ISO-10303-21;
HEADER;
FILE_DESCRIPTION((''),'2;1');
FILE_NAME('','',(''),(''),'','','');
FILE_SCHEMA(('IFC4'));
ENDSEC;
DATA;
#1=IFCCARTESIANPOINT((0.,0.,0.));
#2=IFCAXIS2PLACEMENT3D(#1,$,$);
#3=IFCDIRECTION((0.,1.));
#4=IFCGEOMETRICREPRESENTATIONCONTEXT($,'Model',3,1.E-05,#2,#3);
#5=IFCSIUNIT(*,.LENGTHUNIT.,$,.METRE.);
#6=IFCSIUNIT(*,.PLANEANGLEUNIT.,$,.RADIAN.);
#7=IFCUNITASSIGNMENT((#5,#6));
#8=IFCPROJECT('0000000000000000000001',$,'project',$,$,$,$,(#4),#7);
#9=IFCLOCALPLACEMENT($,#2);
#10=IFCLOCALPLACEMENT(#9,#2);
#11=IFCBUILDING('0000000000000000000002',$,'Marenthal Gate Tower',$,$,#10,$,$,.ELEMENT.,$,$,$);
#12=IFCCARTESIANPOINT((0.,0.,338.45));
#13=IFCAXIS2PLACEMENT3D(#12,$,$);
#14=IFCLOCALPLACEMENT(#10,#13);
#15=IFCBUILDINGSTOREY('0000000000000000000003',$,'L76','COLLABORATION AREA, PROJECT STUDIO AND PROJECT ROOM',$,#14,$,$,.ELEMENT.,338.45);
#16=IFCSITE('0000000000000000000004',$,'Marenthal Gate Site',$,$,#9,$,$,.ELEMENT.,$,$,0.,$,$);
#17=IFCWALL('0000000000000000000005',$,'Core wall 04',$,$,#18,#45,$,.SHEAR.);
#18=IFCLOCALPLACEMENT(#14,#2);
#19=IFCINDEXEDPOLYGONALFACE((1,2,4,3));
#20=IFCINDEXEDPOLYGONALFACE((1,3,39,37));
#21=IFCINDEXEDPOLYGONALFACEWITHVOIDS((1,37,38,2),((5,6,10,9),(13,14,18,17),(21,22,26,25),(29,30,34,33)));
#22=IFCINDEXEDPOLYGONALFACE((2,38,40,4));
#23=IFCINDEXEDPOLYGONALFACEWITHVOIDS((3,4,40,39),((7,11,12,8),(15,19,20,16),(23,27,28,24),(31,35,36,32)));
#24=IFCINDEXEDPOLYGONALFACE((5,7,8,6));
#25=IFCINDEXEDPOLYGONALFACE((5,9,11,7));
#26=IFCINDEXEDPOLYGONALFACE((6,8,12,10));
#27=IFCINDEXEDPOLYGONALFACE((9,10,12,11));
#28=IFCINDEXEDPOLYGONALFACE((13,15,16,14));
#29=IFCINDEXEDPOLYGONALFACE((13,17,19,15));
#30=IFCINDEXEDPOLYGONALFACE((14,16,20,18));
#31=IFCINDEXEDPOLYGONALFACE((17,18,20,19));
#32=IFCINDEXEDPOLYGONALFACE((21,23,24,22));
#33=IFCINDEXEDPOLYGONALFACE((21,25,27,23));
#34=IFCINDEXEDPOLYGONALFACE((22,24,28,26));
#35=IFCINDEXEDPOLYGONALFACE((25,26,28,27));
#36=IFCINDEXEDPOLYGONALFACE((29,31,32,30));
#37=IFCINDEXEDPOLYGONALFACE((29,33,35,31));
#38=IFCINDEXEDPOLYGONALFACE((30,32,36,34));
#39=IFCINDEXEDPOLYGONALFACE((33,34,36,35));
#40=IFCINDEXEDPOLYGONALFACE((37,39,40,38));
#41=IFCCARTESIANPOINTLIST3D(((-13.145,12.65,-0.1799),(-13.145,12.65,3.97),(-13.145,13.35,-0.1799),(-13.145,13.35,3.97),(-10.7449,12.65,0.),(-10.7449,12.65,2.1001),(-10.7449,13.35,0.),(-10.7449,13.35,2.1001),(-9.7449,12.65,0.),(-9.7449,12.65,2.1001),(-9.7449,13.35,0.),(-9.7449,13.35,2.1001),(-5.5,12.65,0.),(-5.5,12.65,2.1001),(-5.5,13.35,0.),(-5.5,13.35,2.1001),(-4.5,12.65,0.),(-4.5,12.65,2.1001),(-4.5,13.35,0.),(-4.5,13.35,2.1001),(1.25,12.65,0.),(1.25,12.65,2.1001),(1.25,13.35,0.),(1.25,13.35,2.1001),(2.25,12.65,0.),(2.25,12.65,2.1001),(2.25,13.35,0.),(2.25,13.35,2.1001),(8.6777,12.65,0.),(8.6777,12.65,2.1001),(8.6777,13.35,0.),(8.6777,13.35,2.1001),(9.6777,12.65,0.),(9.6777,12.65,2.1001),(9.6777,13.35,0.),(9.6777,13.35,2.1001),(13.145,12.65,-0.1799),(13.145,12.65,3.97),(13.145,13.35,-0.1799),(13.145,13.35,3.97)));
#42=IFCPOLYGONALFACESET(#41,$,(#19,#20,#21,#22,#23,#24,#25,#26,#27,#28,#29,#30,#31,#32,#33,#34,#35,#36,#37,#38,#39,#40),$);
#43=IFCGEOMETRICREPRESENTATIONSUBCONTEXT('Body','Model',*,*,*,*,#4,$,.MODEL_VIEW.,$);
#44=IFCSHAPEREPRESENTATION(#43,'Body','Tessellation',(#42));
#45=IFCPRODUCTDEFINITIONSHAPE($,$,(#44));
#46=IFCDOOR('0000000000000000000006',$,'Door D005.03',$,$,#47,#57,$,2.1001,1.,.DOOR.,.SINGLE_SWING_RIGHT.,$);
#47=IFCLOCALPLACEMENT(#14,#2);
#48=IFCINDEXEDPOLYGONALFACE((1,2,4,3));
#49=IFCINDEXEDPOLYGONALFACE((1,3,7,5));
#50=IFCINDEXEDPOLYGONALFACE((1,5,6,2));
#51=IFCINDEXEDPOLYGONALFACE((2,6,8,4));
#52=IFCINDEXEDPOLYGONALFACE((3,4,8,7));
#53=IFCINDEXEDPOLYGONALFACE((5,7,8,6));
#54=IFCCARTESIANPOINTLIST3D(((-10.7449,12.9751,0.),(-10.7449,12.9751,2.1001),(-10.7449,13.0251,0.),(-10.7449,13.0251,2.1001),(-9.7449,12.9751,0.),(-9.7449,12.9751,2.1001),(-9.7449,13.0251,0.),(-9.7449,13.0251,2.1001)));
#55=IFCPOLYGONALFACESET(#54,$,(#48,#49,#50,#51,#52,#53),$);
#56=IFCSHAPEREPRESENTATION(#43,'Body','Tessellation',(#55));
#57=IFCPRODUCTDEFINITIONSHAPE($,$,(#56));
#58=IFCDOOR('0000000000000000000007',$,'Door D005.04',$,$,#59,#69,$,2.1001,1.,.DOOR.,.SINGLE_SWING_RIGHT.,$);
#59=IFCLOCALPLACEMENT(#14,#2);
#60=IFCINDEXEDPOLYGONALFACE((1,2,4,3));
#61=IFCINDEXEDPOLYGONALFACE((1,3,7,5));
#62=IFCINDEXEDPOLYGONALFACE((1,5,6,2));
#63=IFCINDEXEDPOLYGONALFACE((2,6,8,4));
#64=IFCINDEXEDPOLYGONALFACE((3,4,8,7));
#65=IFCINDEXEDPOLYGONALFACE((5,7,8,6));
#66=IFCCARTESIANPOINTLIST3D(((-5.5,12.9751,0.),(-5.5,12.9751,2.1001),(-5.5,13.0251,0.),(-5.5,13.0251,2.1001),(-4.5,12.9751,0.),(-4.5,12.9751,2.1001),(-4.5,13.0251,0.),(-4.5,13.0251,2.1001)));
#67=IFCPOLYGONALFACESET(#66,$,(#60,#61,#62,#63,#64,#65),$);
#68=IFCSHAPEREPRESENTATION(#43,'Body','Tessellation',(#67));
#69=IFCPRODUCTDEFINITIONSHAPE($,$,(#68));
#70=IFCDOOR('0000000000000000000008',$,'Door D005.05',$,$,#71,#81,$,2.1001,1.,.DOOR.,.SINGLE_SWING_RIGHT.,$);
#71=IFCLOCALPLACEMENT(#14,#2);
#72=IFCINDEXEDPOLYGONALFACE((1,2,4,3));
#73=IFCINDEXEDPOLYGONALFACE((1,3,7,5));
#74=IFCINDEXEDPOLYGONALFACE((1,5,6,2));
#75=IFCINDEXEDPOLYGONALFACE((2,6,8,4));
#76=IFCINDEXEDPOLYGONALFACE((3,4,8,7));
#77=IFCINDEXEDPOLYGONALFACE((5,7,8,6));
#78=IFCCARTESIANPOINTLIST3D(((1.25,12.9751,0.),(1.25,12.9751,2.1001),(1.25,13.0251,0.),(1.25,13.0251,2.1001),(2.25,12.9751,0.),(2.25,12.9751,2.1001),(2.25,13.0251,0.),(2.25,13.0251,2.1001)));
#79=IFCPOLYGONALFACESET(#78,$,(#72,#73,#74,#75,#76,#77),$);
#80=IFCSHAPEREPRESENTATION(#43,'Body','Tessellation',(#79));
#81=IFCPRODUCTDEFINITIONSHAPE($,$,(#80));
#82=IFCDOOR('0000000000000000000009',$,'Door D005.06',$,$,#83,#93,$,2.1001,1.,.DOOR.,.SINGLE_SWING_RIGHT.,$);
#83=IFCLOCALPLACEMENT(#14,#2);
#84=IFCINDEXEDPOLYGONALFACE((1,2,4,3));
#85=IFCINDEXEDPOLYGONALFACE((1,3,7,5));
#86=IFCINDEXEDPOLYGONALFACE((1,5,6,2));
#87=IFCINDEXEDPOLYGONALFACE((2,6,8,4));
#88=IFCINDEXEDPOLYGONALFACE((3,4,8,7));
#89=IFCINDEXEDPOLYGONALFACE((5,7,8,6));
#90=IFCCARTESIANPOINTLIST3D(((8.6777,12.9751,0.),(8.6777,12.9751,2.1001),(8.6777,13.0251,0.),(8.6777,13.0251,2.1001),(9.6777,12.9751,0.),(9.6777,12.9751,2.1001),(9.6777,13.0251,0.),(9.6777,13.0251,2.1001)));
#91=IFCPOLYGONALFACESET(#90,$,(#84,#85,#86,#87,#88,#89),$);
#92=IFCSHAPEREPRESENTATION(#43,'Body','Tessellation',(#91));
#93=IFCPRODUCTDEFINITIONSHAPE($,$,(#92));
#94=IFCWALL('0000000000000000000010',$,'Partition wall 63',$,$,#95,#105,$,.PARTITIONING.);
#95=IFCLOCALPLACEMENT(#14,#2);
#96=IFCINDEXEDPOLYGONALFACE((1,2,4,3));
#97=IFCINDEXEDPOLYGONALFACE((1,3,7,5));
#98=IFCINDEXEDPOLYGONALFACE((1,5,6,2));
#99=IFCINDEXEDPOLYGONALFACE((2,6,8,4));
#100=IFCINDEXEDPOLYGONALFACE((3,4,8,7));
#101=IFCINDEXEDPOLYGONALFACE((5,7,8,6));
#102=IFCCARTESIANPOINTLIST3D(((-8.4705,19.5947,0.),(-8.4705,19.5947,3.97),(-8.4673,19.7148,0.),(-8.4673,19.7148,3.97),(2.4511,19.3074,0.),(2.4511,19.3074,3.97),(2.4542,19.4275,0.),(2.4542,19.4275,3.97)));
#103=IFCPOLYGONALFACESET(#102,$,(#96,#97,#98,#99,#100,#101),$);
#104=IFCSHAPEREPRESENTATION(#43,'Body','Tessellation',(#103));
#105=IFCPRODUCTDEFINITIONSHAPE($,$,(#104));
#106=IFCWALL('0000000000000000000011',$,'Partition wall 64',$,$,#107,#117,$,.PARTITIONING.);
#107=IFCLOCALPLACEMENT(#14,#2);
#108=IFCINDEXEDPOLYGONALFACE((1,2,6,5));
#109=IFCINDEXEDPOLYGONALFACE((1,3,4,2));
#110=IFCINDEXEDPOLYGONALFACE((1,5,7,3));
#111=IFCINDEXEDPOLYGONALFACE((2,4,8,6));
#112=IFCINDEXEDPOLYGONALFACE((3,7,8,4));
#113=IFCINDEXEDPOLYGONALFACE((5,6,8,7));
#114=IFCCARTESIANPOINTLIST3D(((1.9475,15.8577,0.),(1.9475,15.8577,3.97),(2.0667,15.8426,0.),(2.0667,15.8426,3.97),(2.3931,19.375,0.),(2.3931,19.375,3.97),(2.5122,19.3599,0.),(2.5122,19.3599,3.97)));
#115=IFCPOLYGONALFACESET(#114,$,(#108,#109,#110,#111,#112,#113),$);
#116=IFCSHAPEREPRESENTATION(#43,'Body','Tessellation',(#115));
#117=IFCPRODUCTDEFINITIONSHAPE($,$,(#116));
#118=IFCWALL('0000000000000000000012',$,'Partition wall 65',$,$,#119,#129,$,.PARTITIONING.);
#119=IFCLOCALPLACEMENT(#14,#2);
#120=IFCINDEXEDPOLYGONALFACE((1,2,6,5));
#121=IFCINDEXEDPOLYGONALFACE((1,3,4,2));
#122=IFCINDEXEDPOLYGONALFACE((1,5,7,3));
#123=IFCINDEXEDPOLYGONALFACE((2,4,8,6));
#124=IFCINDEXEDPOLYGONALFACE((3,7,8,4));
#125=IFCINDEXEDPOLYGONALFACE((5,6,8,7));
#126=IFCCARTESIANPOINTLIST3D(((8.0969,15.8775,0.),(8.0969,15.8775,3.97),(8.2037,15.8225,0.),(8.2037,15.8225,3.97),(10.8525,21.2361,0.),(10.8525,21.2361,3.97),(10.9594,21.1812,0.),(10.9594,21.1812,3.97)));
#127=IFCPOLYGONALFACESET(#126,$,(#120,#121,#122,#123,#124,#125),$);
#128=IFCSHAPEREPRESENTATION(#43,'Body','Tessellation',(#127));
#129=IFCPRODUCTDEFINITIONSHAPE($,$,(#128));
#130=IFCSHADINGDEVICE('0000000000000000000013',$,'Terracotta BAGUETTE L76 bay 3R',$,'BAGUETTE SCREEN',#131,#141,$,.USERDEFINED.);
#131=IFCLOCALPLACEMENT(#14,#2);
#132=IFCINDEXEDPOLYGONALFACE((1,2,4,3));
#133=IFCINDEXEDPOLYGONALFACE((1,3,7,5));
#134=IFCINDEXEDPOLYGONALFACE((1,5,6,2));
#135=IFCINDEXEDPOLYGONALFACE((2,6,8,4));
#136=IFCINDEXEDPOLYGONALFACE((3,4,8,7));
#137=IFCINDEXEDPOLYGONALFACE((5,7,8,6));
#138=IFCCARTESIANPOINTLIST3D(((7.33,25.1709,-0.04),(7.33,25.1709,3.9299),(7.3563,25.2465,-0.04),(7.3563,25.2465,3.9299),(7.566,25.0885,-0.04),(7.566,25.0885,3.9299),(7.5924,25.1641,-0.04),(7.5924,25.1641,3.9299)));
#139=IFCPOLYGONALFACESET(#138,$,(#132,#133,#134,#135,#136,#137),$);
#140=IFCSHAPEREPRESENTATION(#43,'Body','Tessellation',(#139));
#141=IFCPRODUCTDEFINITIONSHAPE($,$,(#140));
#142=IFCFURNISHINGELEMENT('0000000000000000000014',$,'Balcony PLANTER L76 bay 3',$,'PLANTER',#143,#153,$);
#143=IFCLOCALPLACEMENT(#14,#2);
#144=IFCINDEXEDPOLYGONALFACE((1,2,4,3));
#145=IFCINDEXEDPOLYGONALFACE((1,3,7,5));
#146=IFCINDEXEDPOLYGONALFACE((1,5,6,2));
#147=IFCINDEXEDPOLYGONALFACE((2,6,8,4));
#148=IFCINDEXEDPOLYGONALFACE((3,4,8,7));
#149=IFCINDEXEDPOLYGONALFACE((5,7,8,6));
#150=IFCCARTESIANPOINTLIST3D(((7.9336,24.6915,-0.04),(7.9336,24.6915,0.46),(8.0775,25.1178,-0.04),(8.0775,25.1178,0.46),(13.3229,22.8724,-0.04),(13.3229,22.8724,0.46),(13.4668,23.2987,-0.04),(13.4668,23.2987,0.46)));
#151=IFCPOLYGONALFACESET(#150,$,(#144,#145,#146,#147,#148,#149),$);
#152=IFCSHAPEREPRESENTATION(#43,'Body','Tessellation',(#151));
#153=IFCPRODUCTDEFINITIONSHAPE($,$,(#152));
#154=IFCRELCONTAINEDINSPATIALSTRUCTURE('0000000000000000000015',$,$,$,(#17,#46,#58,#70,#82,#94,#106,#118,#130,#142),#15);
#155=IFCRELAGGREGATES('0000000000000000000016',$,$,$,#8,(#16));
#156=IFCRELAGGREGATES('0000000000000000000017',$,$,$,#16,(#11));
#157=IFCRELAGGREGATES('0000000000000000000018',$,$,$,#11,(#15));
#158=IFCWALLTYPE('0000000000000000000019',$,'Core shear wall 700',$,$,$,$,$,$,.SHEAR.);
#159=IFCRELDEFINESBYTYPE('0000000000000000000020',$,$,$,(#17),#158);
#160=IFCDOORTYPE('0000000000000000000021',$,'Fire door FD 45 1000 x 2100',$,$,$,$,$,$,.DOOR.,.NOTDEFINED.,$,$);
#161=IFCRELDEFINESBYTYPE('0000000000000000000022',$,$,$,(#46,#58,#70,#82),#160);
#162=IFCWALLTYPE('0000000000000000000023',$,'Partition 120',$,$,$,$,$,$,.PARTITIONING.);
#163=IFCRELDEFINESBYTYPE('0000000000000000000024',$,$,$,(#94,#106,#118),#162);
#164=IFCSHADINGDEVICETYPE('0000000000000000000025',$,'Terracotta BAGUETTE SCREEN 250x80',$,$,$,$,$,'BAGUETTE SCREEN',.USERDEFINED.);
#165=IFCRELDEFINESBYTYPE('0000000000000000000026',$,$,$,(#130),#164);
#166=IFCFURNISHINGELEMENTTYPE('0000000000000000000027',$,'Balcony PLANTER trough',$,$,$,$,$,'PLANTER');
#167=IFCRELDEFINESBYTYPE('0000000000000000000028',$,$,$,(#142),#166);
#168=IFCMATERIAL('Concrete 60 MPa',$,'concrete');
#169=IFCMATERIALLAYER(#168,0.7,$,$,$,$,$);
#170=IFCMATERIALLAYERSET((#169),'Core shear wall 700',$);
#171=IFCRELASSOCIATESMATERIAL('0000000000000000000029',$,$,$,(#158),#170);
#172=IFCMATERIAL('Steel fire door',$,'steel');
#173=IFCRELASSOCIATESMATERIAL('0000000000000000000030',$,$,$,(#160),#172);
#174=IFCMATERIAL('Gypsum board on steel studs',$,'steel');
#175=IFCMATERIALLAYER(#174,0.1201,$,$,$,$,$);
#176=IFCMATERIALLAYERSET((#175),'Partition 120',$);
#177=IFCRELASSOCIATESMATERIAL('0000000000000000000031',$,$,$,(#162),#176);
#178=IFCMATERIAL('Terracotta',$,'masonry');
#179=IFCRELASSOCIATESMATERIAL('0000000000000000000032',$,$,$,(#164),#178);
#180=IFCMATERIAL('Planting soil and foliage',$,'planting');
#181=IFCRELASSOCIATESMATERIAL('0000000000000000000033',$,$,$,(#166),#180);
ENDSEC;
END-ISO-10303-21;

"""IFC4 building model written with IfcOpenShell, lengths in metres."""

from ifc_helpers import new_model, si_unit, direction, frame, frame_2d, origin, origin_2d, place, context, subcontext, project, spatial, rectangle, extrude, material, layer, layer_set, material_profile, profile_set, type_object, element, fill, save


model = new_model("IFC4")

# Units and contexts
model_context = context("Model", 3, precision=1e-05, world=origin(), true_north=direction((0.0, 1.0)))
body_context = subcontext(model_context, "Body", "Model", "MODEL_VIEW")
ifc_project = project(units=[si_unit("LENGTHUNIT", "METRE"), si_unit("PLANEANGLEUNIT", "RADIAN")], contexts=[model_context])

# Site, building, storey
site_placement = place(None, origin())
site = spatial("IfcSite", under=ifc_project, at=site_placement, Name="Marenthal Gate Site", CompositionType="ELEMENT", RefElevation=0.0)
building_placement = place(site_placement, origin())
building = spatial("IfcBuilding", under=site, at=building_placement, Name="Marenthal Gate Tower", CompositionType="ELEMENT")
storey_placement = place(building_placement, frame((0.0, 0.0, 338.45)))
storey = spatial("IfcBuildingStorey", under=building, at=storey_placement, Name="L76", Description="COLLABORATION AREA, PROJECT STUDIO AND PROJECT ROOM", CompositionType="ELEMENT", Elevation=338.45)

# Wall, openings, doors
ifc_material_1 = material(Name="Concrete 60 MPa", Category="concrete")
ifc_layer_1 = layer(ifc_material_1, 0.7)
ifc_layer_set_1 = layer_set([ifc_layer_1], Name="Core shear wall 700")
wall_type_1 = type_object("IfcWallType", Name="Core shear wall 700", PredefinedType="SHEAR", material=ifc_layer_set_1)
wall_1_placement = place(storey_placement, frame((13.145, 13.0, -0.1799), z_axis=(0.0, 0.0, 1.0), x_axis=(-1.0, 0.0, 0.0)))
wall_1 = element("IfcWall", 1, at=wall_1_placement, inside=storey, type_object=wall_type_1, Name="Core wall 04", PredefinedType="SHEAR", context=body_context, shape_type="SweptSolid", body=[
    extrude(rectangle(XDim=26.29, YDim=0.7, at=frame_2d((13.145, 0.0))), origin(), (0.0, 0.0, 1.0), 4.1499),
])
opening_1_placement = place(wall_1_placement, frame((22.8899, 0.0, 0.1799)))
opening_1 = element("IfcOpeningElement", 2, at=opening_1_placement, cuts=wall_1, PredefinedType="OPENING", context=body_context, shape_type="SweptSolid", body=[
    extrude(rectangle(XDim=1.0, YDim=2.1001, at=frame_2d((0.5, 1.05))), frame((0.0, 0.3599, 0.0), z_axis=(0.0, -1.0, 0.0), x_axis=(1.0, 0.0, 0.0)), (0.0, 0.0, 1.0), 0.72),
])
opening_2_placement = place(wall_1_placement, frame((17.645, 0.0, 0.1799)))
opening_2 = element("IfcOpeningElement", 3, at=opening_2_placement, cuts=wall_1, PredefinedType="OPENING", context=body_context, shape_type="SweptSolid", body=[
    extrude(rectangle(XDim=1.0, YDim=2.1001, at=frame_2d((0.5, 1.05))), frame((0.0, 0.3599, 0.0), z_axis=(0.0, -1.0, 0.0), x_axis=(1.0, 0.0, 0.0)), (0.0, 0.0, 1.0), 0.72),
])
opening_3_placement = place(wall_1_placement, frame((10.895, 0.0, 0.1799)))
opening_3 = element("IfcOpeningElement", 4, at=opening_3_placement, cuts=wall_1, PredefinedType="OPENING", context=body_context, shape_type="SweptSolid", body=[
    extrude(rectangle(XDim=1.0, YDim=2.1001, at=frame_2d((0.5, 1.05))), frame((0.0, 0.3599, 0.0), z_axis=(0.0, -1.0, 0.0), x_axis=(1.0, 0.0, 0.0)), (0.0, 0.0, 1.0), 0.72),
])
opening_4_placement = place(wall_1_placement, frame((3.4673, 0.0, 0.1799)))
opening_4 = element("IfcOpeningElement", 5, at=opening_4_placement, cuts=wall_1, PredefinedType="OPENING", context=body_context, shape_type="SweptSolid", body=[
    extrude(rectangle(XDim=1.0, YDim=2.1001, at=frame_2d((0.5, 1.05))), frame((0.0, 0.3599, 0.0), z_axis=(0.0, -1.0, 0.0), x_axis=(1.0, 0.0, 0.0)), (0.0, 0.0, 1.0), 0.72),
])
ifc_material_2 = material(Name="Steel fire door", Category="steel")
door_type = type_object("IfcDoorType", Name="Fire door FD 45 1000 x 2100", OperationType="NOTDEFINED", PredefinedType="DOOR", material=ifc_material_2)
door_1_placement = place(opening_1_placement, origin())
door_1 = element("IfcDoor", 6, at=door_1_placement, inside=storey, type_object=door_type, Name="Door D005.03", OperationType="SINGLE_SWING_RIGHT", OverallHeight=2.1001, OverallWidth=1.0, PredefinedType="DOOR", context=body_context, shape_type="SweptSolid", body=[
    extrude(rectangle(XDim=1.0, YDim=2.1001, at=frame_2d((0.5, 1.05))), frame((0.0, 0.0249, 0.0), z_axis=(0.0, -1.0, 0.0), x_axis=(1.0, 0.0, 0.0)), (0.0, 0.0, 1.0), 0.05),
])
fill(opening_1, door_1)
door_2_placement = place(opening_2_placement, origin())
door_2 = element("IfcDoor", 7, at=door_2_placement, inside=storey, type_object=door_type, Name="Door D005.04", OperationType="SINGLE_SWING_RIGHT", OverallHeight=2.1001, OverallWidth=1.0, PredefinedType="DOOR", context=body_context, shape_type="SweptSolid", body=[
    extrude(rectangle(XDim=1.0, YDim=2.1001, at=frame_2d((0.5, 1.05))), frame((0.0, 0.0249, 0.0), z_axis=(0.0, -1.0, 0.0), x_axis=(1.0, 0.0, 0.0)), (0.0, 0.0, 1.0), 0.05),
])
fill(opening_2, door_2)
door_3_placement = place(opening_3_placement, origin())
door_3 = element("IfcDoor", 8, at=door_3_placement, inside=storey, type_object=door_type, Name="Door D005.05", OperationType="SINGLE_SWING_RIGHT", OverallHeight=2.1001, OverallWidth=1.0, PredefinedType="DOOR", context=body_context, shape_type="SweptSolid", body=[
    extrude(rectangle(XDim=1.0, YDim=2.1001, at=frame_2d((0.5, 1.05))), frame((0.0, 0.0249, 0.0), z_axis=(0.0, -1.0, 0.0), x_axis=(1.0, 0.0, 0.0)), (0.0, 0.0, 1.0), 0.05),
])
fill(opening_3, door_3)
door_4_placement = place(opening_4_placement, origin())
door_4 = element("IfcDoor", 9, at=door_4_placement, inside=storey, type_object=door_type, Name="Door D005.06", OperationType="SINGLE_SWING_RIGHT", OverallHeight=2.1001, OverallWidth=1.0, PredefinedType="DOOR", context=body_context, shape_type="SweptSolid", body=[
    extrude(rectangle(XDim=1.0, YDim=2.1001, at=frame_2d((0.5, 1.05))), frame((0.0, 0.0249, 0.0), z_axis=(0.0, -1.0, 0.0), x_axis=(1.0, 0.0, 0.0)), (0.0, 0.0, 1.0), 0.05),
])
fill(opening_4, door_4)

# Walls
ifc_material_3 = material(Name="Gypsum board on steel studs", Category="steel")
ifc_layer_2 = layer(ifc_material_3, 0.1201)
ifc_layer_set_2 = layer_set([ifc_layer_2], Name="Partition 120")
wall_type_2 = type_object("IfcWallType", Name="Partition 120", PredefinedType="PARTITIONING", material=ifc_layer_set_2)
wall_2_placement = place(storey_placement, frame((2.4526, 19.3674, 0.0), z_axis=(0.0, 0.0, 1.0), x_axis=(-0.999654, 0.026301, 0.0)))
element("IfcWall", 10, at=wall_2_placement, inside=storey, type_object=wall_type_2, Name="Partition wall 63", PredefinedType="PARTITIONING", context=body_context, shape_type="SweptSolid", body=[
    extrude(rectangle(XDim=10.9253, YDim=0.1201, at=frame_2d((5.4626, 0.0))), origin(), (0.0, 0.0, 1.0), 3.97),
])
wall_3_placement = place(storey_placement, frame((2.4526, 19.3674, 0.0), z_axis=(0.0, 0.0, 1.0), x_axis=(-0.12567, -0.992072, 0.0)))
element("IfcWall", 11, at=wall_3_placement, inside=storey, type_object=wall_type_2, Name="Partition wall 64", PredefinedType="PARTITIONING", context=body_context, shape_type="SweptSolid", body=[
    extrude(rectangle(XDim=3.5454, YDim=0.1201, at=frame_2d((1.7727, 0.0))), origin(), (0.0, 0.0, 1.0), 3.97),
])
wall_4_placement = place(storey_placement, frame((8.1504, 15.8501, 0.0), z_axis=(0.0, 0.0, 1.0), x_axis=(0.457314, 0.889305, 0.0)))
element("IfcWall", 12, at=wall_4_placement, inside=storey, type_object=wall_type_2, Name="Partition wall 65", PredefinedType="PARTITIONING", context=body_context, shape_type="SweptSolid", body=[
    extrude(rectangle(XDim=6.0256, YDim=0.1201, at=frame_2d((3.0127, 0.0))), origin(), (0.0, 0.0, 1.0), 3.97),
])

# Shading device
ifc_material_4 = material(Name="Terracotta", Category="masonry")
ifc_material_profile_1 = material_profile(ifc_material_4, rectangle(XDim=0.25, YDim=0.0801, at=origin_2d()), Name="Terracotta baguette 250x80")
ifc_profile_set_1 = profile_set([ifc_material_profile_1], Name="Terracotta")
shading_device_type = type_object("IfcShadingDeviceType", Name="Terracotta BAGUETTE SCREEN 250x80", ElementType="BAGUETTE SCREEN", PredefinedType="USERDEFINED", material=ifc_profile_set_1)
shading_device_placement = place(storey_placement, frame((7.4612, 25.1675, -0.04), z_axis=(0.0, 0.0, 1.0), x_axis=(-0.944186, 0.329413, 0.0)))
element("IfcShadingDevice", 13, at=shading_device_placement, inside=storey, type_object=shading_device_type, Name="Terracotta BAGUETTE L76 bay 3R", ObjectType="BAGUETTE SCREEN", PredefinedType="USERDEFINED", context=body_context, shape_type="SweptSolid", body=[
    extrude(rectangle(XDim=0.25, YDim=0.0801, at=origin_2d()), origin(), (0.0, 0.0, 1.0), 3.97),
])

# Furnishing element
ifc_material_5 = material(Name="Planting soil and foliage", Category="planting")
furnishing_element_type = type_object("IfcFurnishingElementType", Name="Balcony PLANTER trough", ElementType="PLANTER", material=ifc_material_5)
furnishing_placement = place(storey_placement, frame((10.7002, 23.9951, -0.04), z_axis=(0.0, 0.0, 1.0), x_axis=(-0.947479, 0.319818, 0.0)))
element("IfcFurnishingElement", 14, at=furnishing_placement, inside=storey, type_object=furnishing_element_type, Name="Balcony PLANTER L76 bay 3", ObjectType="PLANTER", context=body_context, shape_type="SweptSolid", body=[
    extrude(rectangle(XDim=5.688, YDim=0.45, at=origin_2d()), origin(), (0.0, 0.0, 1.0), 0.5),
])

save(model, "model.ifc")
